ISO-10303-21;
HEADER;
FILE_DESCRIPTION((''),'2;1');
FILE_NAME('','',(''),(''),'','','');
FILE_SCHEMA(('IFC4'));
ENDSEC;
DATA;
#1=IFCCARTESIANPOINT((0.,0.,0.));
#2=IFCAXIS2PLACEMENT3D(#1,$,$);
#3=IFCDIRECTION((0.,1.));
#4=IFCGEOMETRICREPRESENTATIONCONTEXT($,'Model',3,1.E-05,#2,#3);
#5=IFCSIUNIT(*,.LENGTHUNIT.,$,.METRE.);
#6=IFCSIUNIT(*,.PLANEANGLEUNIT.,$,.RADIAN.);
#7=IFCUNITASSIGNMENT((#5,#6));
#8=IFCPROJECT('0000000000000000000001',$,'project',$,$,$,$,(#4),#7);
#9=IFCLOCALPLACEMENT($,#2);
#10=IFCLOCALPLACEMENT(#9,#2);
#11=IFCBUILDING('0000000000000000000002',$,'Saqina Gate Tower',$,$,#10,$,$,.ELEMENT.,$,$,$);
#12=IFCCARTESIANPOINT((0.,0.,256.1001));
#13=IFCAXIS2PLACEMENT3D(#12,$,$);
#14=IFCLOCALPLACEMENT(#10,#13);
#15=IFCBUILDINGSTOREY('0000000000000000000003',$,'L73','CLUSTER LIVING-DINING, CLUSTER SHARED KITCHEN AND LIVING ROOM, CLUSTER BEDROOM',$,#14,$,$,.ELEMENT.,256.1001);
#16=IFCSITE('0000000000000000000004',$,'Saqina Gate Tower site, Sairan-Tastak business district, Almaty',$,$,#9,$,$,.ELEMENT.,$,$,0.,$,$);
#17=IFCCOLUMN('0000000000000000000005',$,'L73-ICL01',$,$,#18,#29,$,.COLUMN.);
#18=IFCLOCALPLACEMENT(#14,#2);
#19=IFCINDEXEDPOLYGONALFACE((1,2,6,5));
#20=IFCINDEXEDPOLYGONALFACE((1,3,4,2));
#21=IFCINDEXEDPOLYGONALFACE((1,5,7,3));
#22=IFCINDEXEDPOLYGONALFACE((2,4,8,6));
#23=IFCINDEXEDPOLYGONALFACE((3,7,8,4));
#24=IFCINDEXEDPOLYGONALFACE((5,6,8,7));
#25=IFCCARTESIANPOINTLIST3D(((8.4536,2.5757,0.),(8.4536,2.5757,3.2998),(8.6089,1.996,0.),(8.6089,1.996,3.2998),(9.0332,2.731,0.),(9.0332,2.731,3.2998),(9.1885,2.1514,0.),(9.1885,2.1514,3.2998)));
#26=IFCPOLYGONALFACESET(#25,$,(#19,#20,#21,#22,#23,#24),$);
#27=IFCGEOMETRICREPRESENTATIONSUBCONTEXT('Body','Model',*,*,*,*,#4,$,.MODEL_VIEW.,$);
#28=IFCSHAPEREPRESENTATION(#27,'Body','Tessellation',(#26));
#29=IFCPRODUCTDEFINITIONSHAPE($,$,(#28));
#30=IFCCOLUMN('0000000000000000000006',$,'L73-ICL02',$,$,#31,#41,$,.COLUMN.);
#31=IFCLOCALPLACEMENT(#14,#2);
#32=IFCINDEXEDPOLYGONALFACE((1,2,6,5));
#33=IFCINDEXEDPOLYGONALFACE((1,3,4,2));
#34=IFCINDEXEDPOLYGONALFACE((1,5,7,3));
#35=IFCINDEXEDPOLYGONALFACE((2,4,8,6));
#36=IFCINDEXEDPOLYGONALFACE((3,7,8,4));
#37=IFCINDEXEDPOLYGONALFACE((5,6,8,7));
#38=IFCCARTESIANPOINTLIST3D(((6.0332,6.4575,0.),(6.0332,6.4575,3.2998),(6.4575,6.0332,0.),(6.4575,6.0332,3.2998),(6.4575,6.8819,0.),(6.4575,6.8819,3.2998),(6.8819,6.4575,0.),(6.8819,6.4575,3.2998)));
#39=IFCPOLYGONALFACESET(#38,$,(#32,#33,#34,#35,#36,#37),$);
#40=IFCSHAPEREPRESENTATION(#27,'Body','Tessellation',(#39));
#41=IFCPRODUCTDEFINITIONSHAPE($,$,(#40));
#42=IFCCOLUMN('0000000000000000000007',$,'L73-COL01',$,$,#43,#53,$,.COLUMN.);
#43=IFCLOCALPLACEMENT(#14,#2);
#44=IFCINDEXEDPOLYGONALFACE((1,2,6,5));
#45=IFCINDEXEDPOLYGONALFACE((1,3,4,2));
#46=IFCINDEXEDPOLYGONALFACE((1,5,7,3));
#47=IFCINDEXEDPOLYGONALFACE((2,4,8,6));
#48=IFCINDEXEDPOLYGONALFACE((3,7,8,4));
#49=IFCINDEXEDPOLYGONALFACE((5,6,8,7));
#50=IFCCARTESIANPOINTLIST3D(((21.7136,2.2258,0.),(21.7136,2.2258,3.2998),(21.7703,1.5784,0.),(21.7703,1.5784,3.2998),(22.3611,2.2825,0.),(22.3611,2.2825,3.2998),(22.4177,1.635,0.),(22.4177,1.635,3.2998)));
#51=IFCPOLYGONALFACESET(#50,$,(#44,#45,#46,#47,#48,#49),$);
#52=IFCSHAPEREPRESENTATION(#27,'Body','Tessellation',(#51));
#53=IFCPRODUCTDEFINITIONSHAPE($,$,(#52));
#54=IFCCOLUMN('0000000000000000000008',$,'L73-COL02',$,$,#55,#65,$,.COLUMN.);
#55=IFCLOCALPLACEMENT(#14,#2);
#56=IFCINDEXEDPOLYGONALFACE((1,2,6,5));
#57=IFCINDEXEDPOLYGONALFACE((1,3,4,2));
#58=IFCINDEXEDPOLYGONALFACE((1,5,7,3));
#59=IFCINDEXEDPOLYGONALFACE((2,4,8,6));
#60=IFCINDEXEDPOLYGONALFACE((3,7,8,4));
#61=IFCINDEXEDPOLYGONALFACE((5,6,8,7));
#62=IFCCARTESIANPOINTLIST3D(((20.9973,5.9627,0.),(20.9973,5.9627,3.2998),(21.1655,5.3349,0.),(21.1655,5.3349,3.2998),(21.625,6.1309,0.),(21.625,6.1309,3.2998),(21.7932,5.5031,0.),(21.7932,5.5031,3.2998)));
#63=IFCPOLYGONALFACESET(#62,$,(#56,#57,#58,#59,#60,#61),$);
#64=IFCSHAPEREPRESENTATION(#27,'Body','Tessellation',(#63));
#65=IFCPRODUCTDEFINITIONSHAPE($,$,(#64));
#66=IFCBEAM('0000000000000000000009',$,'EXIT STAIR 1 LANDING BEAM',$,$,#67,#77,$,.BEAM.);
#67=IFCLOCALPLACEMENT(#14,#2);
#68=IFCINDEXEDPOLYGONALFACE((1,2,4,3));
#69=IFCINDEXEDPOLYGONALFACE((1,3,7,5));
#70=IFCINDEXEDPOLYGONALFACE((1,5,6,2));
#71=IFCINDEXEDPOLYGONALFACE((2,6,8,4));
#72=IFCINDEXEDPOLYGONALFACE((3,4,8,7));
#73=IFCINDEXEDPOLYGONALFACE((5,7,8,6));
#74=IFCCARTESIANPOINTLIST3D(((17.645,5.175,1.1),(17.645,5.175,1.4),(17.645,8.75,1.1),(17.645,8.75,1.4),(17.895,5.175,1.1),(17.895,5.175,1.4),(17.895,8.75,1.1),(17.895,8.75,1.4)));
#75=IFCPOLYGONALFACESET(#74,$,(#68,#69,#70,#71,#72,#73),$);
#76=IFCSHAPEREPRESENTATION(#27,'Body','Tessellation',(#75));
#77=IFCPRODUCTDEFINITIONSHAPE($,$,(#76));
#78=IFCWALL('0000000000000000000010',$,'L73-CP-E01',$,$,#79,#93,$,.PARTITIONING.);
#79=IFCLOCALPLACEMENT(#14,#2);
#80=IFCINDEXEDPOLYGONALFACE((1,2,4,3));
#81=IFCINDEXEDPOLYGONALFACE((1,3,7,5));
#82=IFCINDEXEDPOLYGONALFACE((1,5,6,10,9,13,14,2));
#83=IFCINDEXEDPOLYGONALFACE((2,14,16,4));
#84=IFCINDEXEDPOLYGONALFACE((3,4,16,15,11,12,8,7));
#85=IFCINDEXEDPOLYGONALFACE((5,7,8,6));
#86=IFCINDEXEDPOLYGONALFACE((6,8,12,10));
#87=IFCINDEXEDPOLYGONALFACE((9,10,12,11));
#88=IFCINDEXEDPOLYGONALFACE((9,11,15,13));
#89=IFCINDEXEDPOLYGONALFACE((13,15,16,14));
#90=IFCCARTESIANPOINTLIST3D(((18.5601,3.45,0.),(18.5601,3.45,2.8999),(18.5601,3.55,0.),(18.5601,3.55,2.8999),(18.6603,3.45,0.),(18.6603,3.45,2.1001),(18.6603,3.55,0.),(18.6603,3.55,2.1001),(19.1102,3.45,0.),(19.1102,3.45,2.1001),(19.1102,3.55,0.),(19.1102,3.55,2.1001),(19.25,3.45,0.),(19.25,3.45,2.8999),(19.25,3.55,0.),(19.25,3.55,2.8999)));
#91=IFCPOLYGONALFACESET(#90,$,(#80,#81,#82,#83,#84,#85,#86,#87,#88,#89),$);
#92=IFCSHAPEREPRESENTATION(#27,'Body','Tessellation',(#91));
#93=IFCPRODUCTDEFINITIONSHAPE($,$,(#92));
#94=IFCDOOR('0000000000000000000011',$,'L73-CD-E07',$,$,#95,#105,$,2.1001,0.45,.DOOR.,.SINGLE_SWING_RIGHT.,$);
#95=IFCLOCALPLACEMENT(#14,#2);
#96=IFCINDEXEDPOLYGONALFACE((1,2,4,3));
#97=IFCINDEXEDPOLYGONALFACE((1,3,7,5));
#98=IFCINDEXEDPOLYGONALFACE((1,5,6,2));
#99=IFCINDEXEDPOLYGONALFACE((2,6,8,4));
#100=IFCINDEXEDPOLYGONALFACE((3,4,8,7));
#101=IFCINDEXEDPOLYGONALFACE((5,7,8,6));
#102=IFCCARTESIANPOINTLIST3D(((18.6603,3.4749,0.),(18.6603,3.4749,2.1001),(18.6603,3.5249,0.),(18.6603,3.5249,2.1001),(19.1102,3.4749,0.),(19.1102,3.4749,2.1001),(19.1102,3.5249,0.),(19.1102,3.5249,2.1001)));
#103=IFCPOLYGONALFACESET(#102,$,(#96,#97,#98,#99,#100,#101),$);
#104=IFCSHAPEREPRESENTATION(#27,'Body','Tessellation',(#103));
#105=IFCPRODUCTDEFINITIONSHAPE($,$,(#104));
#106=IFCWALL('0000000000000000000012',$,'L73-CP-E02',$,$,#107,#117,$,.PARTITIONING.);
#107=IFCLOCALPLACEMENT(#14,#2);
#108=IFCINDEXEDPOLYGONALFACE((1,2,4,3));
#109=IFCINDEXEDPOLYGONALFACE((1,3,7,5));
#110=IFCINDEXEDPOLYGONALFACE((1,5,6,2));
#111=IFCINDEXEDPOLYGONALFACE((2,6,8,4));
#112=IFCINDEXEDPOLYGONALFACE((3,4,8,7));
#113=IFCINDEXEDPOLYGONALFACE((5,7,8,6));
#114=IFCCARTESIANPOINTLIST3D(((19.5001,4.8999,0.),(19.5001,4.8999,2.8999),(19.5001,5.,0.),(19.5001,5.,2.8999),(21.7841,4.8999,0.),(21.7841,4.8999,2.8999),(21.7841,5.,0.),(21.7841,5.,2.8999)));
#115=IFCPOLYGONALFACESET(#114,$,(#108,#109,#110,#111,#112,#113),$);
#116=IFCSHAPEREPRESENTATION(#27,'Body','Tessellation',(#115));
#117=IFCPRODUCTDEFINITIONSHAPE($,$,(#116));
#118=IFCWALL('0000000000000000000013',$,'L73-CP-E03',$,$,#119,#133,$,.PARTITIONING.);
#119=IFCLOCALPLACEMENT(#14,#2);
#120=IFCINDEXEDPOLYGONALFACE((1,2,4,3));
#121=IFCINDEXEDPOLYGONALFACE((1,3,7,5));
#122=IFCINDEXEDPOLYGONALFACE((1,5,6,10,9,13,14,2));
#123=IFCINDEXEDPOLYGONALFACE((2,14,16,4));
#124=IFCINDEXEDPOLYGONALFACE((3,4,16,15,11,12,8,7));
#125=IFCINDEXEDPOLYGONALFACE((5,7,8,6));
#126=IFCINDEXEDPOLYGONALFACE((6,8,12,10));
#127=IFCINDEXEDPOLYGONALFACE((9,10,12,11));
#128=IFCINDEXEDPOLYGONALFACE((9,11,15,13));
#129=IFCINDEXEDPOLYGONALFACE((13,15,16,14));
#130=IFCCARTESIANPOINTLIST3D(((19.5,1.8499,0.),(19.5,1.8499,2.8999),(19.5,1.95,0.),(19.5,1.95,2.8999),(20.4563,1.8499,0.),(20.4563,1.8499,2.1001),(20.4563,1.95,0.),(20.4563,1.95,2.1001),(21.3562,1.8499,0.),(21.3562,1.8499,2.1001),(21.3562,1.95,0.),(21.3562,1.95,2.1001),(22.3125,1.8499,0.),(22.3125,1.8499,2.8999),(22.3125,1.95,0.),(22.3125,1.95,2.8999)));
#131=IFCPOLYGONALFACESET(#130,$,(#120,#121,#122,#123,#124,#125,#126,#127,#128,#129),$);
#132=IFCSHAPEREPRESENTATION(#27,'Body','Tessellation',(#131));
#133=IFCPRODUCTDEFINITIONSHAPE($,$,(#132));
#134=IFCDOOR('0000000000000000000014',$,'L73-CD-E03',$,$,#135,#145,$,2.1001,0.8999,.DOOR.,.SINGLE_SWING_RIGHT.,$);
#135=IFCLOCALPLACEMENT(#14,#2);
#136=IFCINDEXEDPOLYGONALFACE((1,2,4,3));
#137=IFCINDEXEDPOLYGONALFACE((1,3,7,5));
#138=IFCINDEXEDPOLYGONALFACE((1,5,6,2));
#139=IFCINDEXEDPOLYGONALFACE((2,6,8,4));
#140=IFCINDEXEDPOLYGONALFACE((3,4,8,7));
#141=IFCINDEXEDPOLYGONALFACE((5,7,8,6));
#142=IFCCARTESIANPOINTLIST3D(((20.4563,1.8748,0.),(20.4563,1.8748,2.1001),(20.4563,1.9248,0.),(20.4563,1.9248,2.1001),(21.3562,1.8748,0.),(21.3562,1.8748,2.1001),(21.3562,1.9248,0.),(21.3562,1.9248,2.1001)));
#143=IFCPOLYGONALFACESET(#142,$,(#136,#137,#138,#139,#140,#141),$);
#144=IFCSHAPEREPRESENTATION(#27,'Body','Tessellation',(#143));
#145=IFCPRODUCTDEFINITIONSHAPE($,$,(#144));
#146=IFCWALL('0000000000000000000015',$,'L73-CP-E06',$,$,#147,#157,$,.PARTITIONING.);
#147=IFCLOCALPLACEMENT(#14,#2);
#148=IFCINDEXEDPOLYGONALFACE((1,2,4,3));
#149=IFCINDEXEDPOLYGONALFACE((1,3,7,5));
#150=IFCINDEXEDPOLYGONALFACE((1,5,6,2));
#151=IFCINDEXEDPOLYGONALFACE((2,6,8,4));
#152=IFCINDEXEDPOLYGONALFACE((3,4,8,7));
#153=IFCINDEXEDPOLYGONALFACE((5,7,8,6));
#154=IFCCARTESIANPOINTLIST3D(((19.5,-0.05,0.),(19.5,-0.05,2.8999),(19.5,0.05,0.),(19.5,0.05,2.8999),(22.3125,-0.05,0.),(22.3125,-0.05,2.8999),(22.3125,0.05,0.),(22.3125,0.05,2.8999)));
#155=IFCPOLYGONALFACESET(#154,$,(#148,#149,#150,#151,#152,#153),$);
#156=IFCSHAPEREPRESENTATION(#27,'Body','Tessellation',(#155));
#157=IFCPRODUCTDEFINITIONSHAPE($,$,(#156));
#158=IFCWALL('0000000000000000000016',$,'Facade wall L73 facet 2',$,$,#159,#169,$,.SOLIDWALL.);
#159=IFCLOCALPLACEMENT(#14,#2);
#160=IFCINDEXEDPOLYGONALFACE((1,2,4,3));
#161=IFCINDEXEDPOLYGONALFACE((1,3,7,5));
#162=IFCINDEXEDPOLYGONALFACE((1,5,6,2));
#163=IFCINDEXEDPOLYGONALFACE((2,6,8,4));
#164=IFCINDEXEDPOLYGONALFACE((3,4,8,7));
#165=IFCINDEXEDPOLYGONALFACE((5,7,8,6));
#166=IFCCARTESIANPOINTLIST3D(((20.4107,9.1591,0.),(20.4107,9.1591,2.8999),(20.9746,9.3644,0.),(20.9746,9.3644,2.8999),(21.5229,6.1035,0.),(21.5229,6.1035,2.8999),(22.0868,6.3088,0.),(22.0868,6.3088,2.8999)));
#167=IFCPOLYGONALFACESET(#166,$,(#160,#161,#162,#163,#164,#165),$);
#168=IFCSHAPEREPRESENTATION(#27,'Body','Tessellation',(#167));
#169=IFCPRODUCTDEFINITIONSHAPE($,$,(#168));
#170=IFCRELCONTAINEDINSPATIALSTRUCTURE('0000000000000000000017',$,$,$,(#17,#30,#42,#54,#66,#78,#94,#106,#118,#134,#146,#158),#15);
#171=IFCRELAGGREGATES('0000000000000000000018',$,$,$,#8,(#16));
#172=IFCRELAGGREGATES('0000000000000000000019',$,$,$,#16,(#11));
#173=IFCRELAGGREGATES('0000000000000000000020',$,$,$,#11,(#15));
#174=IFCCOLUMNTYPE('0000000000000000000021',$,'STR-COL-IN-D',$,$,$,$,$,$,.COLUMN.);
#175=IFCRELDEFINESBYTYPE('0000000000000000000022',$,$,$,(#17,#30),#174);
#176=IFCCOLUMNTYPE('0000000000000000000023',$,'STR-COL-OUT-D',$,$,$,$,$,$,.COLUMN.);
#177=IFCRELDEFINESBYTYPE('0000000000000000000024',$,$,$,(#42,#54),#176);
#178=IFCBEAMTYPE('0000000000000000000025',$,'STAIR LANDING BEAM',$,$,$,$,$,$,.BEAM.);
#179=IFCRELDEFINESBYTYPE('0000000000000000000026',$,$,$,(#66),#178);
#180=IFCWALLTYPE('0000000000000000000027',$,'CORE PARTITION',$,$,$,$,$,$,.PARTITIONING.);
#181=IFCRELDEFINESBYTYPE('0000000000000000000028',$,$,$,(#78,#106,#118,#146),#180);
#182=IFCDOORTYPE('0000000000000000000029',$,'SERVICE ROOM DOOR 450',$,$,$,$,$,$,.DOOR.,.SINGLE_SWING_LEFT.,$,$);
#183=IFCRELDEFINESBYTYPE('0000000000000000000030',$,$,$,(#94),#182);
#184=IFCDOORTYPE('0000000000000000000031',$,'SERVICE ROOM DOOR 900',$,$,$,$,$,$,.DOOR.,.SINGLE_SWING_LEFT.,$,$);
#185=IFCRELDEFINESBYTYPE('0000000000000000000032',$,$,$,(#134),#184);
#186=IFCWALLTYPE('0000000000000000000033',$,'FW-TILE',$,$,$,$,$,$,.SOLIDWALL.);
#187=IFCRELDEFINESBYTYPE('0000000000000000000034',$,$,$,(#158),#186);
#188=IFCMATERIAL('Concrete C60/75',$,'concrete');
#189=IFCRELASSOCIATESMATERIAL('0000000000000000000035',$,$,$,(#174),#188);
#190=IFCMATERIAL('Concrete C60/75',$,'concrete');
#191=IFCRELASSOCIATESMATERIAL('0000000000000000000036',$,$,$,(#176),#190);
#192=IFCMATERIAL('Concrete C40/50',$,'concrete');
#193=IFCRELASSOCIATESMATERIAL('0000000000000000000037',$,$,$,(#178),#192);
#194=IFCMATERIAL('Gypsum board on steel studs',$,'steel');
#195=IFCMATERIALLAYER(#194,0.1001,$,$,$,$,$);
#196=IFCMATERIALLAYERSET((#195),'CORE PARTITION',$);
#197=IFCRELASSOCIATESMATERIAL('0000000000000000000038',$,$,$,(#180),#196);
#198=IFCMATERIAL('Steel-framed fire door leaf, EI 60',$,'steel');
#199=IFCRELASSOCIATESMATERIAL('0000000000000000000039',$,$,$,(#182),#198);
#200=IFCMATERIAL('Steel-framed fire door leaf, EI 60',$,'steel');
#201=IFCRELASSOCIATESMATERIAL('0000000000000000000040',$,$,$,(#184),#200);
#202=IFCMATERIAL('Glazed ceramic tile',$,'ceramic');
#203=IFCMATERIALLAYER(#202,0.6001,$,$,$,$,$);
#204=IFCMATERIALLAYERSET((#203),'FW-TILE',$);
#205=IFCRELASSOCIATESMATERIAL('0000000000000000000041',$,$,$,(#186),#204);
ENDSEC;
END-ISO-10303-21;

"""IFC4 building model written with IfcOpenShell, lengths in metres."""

from ifc_helpers import new_model, si_unit, direction, frame, frame_2d, origin, origin_2d, place, context, subcontext, project, spatial, rectangle, extrude, material, layer, layer_set, material_profile, profile_set, type_object, element, fill, save


model = new_model("IFC4")

# Units and contexts
model_context = context("Model", 3, precision=1e-05, world=origin(), true_north=direction((0.0, 1.0)))
body_context = subcontext(model_context, "Body", "Model", "MODEL_VIEW")
ifc_project = project(units=[si_unit("LENGTHUNIT", "METRE"), si_unit("PLANEANGLEUNIT", "RADIAN")], contexts=[model_context])

# Site, building, storey
site_placement = place(None, origin())
site = spatial("IfcSite", under=ifc_project, at=site_placement, Name="Saqina Gate Tower site, Sairan-Tastak business district, Almaty", CompositionType="ELEMENT", RefElevation=0.0)
building_placement = place(site_placement, origin())
building = spatial("IfcBuilding", under=site, at=building_placement, Name="Saqina Gate Tower", CompositionType="ELEMENT")
storey_placement = place(building_placement, frame((0.0, 0.0, 256.1001)))
storey = spatial("IfcBuildingStorey", under=building, at=storey_placement, Name="L73", Description="CLUSTER LIVING-DINING, CLUSTER SHARED KITCHEN AND LIVING ROOM, CLUSTER BEDROOM", CompositionType="ELEMENT", Elevation=256.1001)

# Columns
ifc_material_1 = material(Name="Concrete C60/75", Category="concrete")
ifc_material_profile_1 = material_profile(ifc_material_1, rectangle(XDim=0.6001, YDim=0.6001, at=origin_2d()), Name="RC 600x600")
ifc_profile_set_1 = profile_set([ifc_material_profile_1], Name="Concrete C60/75")
column_type_1 = type_object("IfcColumnType", Name="STR-COL-IN-D", PredefinedType="COLUMN", material=ifc_profile_set_1)
for number, where, z_axis, x_axis, name in (
    (1, (8.821, 2.3635, 0.0), (0.0, 0.0, 1.0), (0.965926, 0.258819, 0.0), "L73-ICL01"),
    (2, (6.4575, 6.4575, 0.0), (0.0, 0.0, 1.0), (0.707107, 0.707107, 0.0), "L73-ICL02"),
):
    element("IfcColumn", number, at=place(storey_placement, frame(where, z_axis=z_axis, x_axis=x_axis)), inside=storey, type_object=column_type_1, Name=name, PredefinedType="COLUMN", context=body_context, shape_type="SweptSolid", body=[
        extrude(rectangle(XDim=0.6001, YDim=0.6001, at=origin_2d()), origin(), (0.0, 0.0, 1.0), 3.2998),
    ])
ifc_material_2 = material(Name="Concrete C60/75", Category="concrete")
ifc_material_profile_2 = material_profile(ifc_material_2, rectangle(XDim=0.6499, YDim=0.6499, at=origin_2d()), Name="RC 650x650")
ifc_profile_set_2 = profile_set([ifc_material_profile_2], Name="Concrete C60/75")
column_type_2 = type_object("IfcColumnType", Name="STR-COL-OUT-D", PredefinedType="COLUMN", material=ifc_profile_set_2)
for number, where, z_axis, x_axis, name in (
    (3, (22.0657, 1.9304, 0.0), (0.0, 0.0, 1.0), (0.996195, 0.087156, 0.0), "L73-COL01"),
    (4, (21.3953, 5.7329, 0.0), (0.0, 0.0, 1.0), (0.965926, 0.258819, 0.0), "L73-COL02"),
):
    element("IfcColumn", number, at=place(storey_placement, frame(where, z_axis=z_axis, x_axis=x_axis)), inside=storey, type_object=column_type_2, Name=name, PredefinedType="COLUMN", context=body_context, shape_type="SweptSolid", body=[
        extrude(rectangle(XDim=0.6499, YDim=0.6499, at=origin_2d()), origin(), (0.0, 0.0, 1.0), 3.2998),
    ])

# Beam
ifc_material_3 = material(Name="Concrete C40/50", Category="concrete")
ifc_material_profile_3 = material_profile(ifc_material_3, rectangle(XDim=0.25, YDim=0.3, at=origin_2d()), Name="STAIR LANDING BEAM")
ifc_profile_set_3 = profile_set([ifc_material_profile_3], Name="Concrete C40/50")
beam_type = type_object("IfcBeamType", Name="STAIR LANDING BEAM", PredefinedType="BEAM", material=ifc_profile_set_3)
beam_placement = place(storey_placement, frame((17.77, 5.175, 1.25), z_axis=(0.0, 1.0, 0.0), x_axis=(-1.0, 0.0, 0.0)))
element("IfcBeam", 5, at=beam_placement, inside=storey, type_object=beam_type, Name="EXIT STAIR 1 LANDING BEAM", PredefinedType="BEAM", context=body_context, shape_type="SweptSolid", body=[
    extrude(rectangle(XDim=0.25, YDim=0.3, at=origin_2d()), origin(), (0.0, 0.0, 1.0), 3.575),
])

# Wall, opening, door
ifc_material_4 = material(Name="Gypsum board on steel studs", Category="steel")
ifc_layer_1 = layer(ifc_material_4, 0.1001)
ifc_layer_set_1 = layer_set([ifc_layer_1], Name="CORE PARTITION")
wall_type_1 = type_object("IfcWallType", Name="CORE PARTITION", PredefinedType="PARTITIONING", material=ifc_layer_set_1)
wall_1_placement = place(storey_placement, frame((18.5601, 3.5, 0.0), z_axis=(0.0, 0.0, 1.0), x_axis=(1.0, 0.0, 0.0)))
wall_1 = element("IfcWall", 6, at=wall_1_placement, inside=storey, type_object=wall_type_1, Name="L73-CP-E01", PredefinedType="PARTITIONING", context=body_context, shape_type="SweptSolid", body=[
    extrude(rectangle(XDim=0.6899, YDim=0.1001, at=frame_2d((0.345, 0.0))), origin(), (0.0, 0.0, 1.0), 2.8999),
])
opening_1_placement = place(wall_1_placement, frame((0.1001, 0.0, 0.0)))
opening_1 = element("IfcOpeningElement", 7, at=opening_1_placement, cuts=wall_1, PredefinedType="OPENING", context=body_context, shape_type="SweptSolid", body=[
    extrude(rectangle(XDim=0.45, YDim=2.1001, at=frame_2d((0.2251, 1.05))), frame((0.0, 0.062, 0.0), z_axis=(0.0, -1.0, 0.0), x_axis=(1.0, 0.0, 0.0)), (0.0, 0.0, 1.0), 0.124),
])
ifc_material_5 = material(Name="Steel-framed fire door leaf, EI 60", Category="steel")
door_type_1 = type_object("IfcDoorType", Name="SERVICE ROOM DOOR 450", OperationType="SINGLE_SWING_LEFT", PredefinedType="DOOR", material=ifc_material_5)
door_1_placement = place(opening_1_placement, origin())
door_1 = element("IfcDoor", 8, at=door_1_placement, inside=storey, type_object=door_type_1, Name="L73-CD-E07", OperationType="SINGLE_SWING_RIGHT", OverallHeight=2.1001, OverallWidth=0.45, PredefinedType="DOOR", context=body_context, shape_type="SweptSolid", body=[
    extrude(rectangle(XDim=0.45, YDim=2.1001, at=frame_2d((0.2251, 1.05))), frame((0.0, 0.0249, 0.0), z_axis=(0.0, -1.0, 0.0), x_axis=(1.0, 0.0, 0.0)), (0.0, 0.0, 1.0), 0.05),
])
fill(opening_1, door_1)

# Wall
wall_2_placement = place(storey_placement, frame((19.5, 4.95, 0.0), z_axis=(0.0, 0.0, 1.0), x_axis=(1.0, 0.0, 0.0)))
element("IfcWall", 9, at=wall_2_placement, inside=storey, type_object=wall_type_1, Name="L73-CP-E02", PredefinedType="PARTITIONING", context=body_context, shape_type="SweptSolid", body=[
    extrude(rectangle(XDim=2.2839, YDim=0.1001, at=frame_2d((1.1421, 0.0))), origin(), (0.0, 0.0, 1.0), 2.8999),
])

# Wall, opening, door
wall_3_placement = place(storey_placement, frame((19.5, 1.8999, 0.0), z_axis=(0.0, 0.0, 1.0), x_axis=(1.0, 0.0, 0.0)))
wall_3 = element("IfcWall", 10, at=wall_3_placement, inside=storey, type_object=wall_type_1, Name="L73-CP-E03", PredefinedType="PARTITIONING", context=body_context, shape_type="SweptSolid", body=[
    extrude(rectangle(XDim=2.8125, YDim=0.1001, at=frame_2d((1.4062, 0.0))), origin(), (0.0, 0.0, 1.0), 2.8999),
])
opening_2_placement = place(wall_3_placement, frame((0.9563, 0.0, 0.0)))
opening_2 = element("IfcOpeningElement", 11, at=opening_2_placement, cuts=wall_3, PredefinedType="OPENING", context=body_context, shape_type="SweptSolid", body=[
    extrude(rectangle(XDim=0.8999, YDim=2.1001, at=frame_2d((0.45, 1.05))), frame((0.0, 0.062, 0.0), z_axis=(0.0, -1.0, 0.0), x_axis=(1.0, 0.0, 0.0)), (0.0, 0.0, 1.0), 0.124),
])
ifc_material_6 = material(Name="Steel-framed fire door leaf, EI 60", Category="steel")
door_type_2 = type_object("IfcDoorType", Name="SERVICE ROOM DOOR 900", OperationType="SINGLE_SWING_LEFT", PredefinedType="DOOR", material=ifc_material_6)
door_2_placement = place(opening_2_placement, origin())
door_2 = element("IfcDoor", 12, at=door_2_placement, inside=storey, type_object=door_type_2, Name="L73-CD-E03", OperationType="SINGLE_SWING_RIGHT", OverallHeight=2.1001, OverallWidth=0.8999, PredefinedType="DOOR", context=body_context, shape_type="SweptSolid", body=[
    extrude(rectangle(XDim=0.8999, YDim=2.1001, at=frame_2d((0.45, 1.05))), frame((0.0, 0.0249, 0.0), z_axis=(0.0, -1.0, 0.0), x_axis=(1.0, 0.0, 0.0)), (0.0, 0.0, 1.0), 0.05),
])
fill(opening_2, door_2)

# Walls
wall_4_placement = place(storey_placement, frame((19.5, 0.0, 0.0), z_axis=(0.0, 0.0, 1.0), x_axis=(1.0, 0.0, 0.0)))
element("IfcWall", 13, at=wall_4_placement, inside=storey, type_object=wall_type_1, Name="L73-CP-E06", PredefinedType="PARTITIONING", context=body_context, shape_type="SweptSolid", body=[
    extrude(rectangle(XDim=2.8125, YDim=0.1001, at=frame_2d((1.4062, 0.0))), origin(), (0.0, 0.0, 1.0), 2.8999),
])
ifc_material_7 = material(Name="Glazed ceramic tile", Category="ceramic")
ifc_layer_2 = layer(ifc_material_7, 0.6001)
ifc_layer_set_2 = layer_set([ifc_layer_2], Name="FW-TILE")
wall_type_2 = type_object("IfcWallType", Name="FW-TILE", PredefinedType="SOLIDWALL", material=ifc_layer_set_2)
wall_5_placement = place(storey_placement, frame((21.8049, 6.2061, 0.0), z_axis=(0.0, 0.0, 1.0), x_axis=(-0.342057, 0.939679, 0.0)))
element("IfcWall", 14, at=wall_5_placement, inside=storey, type_object=wall_type_2, Name="Facade wall L73 facet 2", PredefinedType="SOLIDWALL", context=body_context, shape_type="SweptSolid", body=[
    extrude(rectangle(XDim=3.2517, YDim=0.6001, at=frame_2d((1.626, 0.0))), origin(), (0.0, 0.0, 1.0), 2.8999),
])

save(model, "model.ifc")
